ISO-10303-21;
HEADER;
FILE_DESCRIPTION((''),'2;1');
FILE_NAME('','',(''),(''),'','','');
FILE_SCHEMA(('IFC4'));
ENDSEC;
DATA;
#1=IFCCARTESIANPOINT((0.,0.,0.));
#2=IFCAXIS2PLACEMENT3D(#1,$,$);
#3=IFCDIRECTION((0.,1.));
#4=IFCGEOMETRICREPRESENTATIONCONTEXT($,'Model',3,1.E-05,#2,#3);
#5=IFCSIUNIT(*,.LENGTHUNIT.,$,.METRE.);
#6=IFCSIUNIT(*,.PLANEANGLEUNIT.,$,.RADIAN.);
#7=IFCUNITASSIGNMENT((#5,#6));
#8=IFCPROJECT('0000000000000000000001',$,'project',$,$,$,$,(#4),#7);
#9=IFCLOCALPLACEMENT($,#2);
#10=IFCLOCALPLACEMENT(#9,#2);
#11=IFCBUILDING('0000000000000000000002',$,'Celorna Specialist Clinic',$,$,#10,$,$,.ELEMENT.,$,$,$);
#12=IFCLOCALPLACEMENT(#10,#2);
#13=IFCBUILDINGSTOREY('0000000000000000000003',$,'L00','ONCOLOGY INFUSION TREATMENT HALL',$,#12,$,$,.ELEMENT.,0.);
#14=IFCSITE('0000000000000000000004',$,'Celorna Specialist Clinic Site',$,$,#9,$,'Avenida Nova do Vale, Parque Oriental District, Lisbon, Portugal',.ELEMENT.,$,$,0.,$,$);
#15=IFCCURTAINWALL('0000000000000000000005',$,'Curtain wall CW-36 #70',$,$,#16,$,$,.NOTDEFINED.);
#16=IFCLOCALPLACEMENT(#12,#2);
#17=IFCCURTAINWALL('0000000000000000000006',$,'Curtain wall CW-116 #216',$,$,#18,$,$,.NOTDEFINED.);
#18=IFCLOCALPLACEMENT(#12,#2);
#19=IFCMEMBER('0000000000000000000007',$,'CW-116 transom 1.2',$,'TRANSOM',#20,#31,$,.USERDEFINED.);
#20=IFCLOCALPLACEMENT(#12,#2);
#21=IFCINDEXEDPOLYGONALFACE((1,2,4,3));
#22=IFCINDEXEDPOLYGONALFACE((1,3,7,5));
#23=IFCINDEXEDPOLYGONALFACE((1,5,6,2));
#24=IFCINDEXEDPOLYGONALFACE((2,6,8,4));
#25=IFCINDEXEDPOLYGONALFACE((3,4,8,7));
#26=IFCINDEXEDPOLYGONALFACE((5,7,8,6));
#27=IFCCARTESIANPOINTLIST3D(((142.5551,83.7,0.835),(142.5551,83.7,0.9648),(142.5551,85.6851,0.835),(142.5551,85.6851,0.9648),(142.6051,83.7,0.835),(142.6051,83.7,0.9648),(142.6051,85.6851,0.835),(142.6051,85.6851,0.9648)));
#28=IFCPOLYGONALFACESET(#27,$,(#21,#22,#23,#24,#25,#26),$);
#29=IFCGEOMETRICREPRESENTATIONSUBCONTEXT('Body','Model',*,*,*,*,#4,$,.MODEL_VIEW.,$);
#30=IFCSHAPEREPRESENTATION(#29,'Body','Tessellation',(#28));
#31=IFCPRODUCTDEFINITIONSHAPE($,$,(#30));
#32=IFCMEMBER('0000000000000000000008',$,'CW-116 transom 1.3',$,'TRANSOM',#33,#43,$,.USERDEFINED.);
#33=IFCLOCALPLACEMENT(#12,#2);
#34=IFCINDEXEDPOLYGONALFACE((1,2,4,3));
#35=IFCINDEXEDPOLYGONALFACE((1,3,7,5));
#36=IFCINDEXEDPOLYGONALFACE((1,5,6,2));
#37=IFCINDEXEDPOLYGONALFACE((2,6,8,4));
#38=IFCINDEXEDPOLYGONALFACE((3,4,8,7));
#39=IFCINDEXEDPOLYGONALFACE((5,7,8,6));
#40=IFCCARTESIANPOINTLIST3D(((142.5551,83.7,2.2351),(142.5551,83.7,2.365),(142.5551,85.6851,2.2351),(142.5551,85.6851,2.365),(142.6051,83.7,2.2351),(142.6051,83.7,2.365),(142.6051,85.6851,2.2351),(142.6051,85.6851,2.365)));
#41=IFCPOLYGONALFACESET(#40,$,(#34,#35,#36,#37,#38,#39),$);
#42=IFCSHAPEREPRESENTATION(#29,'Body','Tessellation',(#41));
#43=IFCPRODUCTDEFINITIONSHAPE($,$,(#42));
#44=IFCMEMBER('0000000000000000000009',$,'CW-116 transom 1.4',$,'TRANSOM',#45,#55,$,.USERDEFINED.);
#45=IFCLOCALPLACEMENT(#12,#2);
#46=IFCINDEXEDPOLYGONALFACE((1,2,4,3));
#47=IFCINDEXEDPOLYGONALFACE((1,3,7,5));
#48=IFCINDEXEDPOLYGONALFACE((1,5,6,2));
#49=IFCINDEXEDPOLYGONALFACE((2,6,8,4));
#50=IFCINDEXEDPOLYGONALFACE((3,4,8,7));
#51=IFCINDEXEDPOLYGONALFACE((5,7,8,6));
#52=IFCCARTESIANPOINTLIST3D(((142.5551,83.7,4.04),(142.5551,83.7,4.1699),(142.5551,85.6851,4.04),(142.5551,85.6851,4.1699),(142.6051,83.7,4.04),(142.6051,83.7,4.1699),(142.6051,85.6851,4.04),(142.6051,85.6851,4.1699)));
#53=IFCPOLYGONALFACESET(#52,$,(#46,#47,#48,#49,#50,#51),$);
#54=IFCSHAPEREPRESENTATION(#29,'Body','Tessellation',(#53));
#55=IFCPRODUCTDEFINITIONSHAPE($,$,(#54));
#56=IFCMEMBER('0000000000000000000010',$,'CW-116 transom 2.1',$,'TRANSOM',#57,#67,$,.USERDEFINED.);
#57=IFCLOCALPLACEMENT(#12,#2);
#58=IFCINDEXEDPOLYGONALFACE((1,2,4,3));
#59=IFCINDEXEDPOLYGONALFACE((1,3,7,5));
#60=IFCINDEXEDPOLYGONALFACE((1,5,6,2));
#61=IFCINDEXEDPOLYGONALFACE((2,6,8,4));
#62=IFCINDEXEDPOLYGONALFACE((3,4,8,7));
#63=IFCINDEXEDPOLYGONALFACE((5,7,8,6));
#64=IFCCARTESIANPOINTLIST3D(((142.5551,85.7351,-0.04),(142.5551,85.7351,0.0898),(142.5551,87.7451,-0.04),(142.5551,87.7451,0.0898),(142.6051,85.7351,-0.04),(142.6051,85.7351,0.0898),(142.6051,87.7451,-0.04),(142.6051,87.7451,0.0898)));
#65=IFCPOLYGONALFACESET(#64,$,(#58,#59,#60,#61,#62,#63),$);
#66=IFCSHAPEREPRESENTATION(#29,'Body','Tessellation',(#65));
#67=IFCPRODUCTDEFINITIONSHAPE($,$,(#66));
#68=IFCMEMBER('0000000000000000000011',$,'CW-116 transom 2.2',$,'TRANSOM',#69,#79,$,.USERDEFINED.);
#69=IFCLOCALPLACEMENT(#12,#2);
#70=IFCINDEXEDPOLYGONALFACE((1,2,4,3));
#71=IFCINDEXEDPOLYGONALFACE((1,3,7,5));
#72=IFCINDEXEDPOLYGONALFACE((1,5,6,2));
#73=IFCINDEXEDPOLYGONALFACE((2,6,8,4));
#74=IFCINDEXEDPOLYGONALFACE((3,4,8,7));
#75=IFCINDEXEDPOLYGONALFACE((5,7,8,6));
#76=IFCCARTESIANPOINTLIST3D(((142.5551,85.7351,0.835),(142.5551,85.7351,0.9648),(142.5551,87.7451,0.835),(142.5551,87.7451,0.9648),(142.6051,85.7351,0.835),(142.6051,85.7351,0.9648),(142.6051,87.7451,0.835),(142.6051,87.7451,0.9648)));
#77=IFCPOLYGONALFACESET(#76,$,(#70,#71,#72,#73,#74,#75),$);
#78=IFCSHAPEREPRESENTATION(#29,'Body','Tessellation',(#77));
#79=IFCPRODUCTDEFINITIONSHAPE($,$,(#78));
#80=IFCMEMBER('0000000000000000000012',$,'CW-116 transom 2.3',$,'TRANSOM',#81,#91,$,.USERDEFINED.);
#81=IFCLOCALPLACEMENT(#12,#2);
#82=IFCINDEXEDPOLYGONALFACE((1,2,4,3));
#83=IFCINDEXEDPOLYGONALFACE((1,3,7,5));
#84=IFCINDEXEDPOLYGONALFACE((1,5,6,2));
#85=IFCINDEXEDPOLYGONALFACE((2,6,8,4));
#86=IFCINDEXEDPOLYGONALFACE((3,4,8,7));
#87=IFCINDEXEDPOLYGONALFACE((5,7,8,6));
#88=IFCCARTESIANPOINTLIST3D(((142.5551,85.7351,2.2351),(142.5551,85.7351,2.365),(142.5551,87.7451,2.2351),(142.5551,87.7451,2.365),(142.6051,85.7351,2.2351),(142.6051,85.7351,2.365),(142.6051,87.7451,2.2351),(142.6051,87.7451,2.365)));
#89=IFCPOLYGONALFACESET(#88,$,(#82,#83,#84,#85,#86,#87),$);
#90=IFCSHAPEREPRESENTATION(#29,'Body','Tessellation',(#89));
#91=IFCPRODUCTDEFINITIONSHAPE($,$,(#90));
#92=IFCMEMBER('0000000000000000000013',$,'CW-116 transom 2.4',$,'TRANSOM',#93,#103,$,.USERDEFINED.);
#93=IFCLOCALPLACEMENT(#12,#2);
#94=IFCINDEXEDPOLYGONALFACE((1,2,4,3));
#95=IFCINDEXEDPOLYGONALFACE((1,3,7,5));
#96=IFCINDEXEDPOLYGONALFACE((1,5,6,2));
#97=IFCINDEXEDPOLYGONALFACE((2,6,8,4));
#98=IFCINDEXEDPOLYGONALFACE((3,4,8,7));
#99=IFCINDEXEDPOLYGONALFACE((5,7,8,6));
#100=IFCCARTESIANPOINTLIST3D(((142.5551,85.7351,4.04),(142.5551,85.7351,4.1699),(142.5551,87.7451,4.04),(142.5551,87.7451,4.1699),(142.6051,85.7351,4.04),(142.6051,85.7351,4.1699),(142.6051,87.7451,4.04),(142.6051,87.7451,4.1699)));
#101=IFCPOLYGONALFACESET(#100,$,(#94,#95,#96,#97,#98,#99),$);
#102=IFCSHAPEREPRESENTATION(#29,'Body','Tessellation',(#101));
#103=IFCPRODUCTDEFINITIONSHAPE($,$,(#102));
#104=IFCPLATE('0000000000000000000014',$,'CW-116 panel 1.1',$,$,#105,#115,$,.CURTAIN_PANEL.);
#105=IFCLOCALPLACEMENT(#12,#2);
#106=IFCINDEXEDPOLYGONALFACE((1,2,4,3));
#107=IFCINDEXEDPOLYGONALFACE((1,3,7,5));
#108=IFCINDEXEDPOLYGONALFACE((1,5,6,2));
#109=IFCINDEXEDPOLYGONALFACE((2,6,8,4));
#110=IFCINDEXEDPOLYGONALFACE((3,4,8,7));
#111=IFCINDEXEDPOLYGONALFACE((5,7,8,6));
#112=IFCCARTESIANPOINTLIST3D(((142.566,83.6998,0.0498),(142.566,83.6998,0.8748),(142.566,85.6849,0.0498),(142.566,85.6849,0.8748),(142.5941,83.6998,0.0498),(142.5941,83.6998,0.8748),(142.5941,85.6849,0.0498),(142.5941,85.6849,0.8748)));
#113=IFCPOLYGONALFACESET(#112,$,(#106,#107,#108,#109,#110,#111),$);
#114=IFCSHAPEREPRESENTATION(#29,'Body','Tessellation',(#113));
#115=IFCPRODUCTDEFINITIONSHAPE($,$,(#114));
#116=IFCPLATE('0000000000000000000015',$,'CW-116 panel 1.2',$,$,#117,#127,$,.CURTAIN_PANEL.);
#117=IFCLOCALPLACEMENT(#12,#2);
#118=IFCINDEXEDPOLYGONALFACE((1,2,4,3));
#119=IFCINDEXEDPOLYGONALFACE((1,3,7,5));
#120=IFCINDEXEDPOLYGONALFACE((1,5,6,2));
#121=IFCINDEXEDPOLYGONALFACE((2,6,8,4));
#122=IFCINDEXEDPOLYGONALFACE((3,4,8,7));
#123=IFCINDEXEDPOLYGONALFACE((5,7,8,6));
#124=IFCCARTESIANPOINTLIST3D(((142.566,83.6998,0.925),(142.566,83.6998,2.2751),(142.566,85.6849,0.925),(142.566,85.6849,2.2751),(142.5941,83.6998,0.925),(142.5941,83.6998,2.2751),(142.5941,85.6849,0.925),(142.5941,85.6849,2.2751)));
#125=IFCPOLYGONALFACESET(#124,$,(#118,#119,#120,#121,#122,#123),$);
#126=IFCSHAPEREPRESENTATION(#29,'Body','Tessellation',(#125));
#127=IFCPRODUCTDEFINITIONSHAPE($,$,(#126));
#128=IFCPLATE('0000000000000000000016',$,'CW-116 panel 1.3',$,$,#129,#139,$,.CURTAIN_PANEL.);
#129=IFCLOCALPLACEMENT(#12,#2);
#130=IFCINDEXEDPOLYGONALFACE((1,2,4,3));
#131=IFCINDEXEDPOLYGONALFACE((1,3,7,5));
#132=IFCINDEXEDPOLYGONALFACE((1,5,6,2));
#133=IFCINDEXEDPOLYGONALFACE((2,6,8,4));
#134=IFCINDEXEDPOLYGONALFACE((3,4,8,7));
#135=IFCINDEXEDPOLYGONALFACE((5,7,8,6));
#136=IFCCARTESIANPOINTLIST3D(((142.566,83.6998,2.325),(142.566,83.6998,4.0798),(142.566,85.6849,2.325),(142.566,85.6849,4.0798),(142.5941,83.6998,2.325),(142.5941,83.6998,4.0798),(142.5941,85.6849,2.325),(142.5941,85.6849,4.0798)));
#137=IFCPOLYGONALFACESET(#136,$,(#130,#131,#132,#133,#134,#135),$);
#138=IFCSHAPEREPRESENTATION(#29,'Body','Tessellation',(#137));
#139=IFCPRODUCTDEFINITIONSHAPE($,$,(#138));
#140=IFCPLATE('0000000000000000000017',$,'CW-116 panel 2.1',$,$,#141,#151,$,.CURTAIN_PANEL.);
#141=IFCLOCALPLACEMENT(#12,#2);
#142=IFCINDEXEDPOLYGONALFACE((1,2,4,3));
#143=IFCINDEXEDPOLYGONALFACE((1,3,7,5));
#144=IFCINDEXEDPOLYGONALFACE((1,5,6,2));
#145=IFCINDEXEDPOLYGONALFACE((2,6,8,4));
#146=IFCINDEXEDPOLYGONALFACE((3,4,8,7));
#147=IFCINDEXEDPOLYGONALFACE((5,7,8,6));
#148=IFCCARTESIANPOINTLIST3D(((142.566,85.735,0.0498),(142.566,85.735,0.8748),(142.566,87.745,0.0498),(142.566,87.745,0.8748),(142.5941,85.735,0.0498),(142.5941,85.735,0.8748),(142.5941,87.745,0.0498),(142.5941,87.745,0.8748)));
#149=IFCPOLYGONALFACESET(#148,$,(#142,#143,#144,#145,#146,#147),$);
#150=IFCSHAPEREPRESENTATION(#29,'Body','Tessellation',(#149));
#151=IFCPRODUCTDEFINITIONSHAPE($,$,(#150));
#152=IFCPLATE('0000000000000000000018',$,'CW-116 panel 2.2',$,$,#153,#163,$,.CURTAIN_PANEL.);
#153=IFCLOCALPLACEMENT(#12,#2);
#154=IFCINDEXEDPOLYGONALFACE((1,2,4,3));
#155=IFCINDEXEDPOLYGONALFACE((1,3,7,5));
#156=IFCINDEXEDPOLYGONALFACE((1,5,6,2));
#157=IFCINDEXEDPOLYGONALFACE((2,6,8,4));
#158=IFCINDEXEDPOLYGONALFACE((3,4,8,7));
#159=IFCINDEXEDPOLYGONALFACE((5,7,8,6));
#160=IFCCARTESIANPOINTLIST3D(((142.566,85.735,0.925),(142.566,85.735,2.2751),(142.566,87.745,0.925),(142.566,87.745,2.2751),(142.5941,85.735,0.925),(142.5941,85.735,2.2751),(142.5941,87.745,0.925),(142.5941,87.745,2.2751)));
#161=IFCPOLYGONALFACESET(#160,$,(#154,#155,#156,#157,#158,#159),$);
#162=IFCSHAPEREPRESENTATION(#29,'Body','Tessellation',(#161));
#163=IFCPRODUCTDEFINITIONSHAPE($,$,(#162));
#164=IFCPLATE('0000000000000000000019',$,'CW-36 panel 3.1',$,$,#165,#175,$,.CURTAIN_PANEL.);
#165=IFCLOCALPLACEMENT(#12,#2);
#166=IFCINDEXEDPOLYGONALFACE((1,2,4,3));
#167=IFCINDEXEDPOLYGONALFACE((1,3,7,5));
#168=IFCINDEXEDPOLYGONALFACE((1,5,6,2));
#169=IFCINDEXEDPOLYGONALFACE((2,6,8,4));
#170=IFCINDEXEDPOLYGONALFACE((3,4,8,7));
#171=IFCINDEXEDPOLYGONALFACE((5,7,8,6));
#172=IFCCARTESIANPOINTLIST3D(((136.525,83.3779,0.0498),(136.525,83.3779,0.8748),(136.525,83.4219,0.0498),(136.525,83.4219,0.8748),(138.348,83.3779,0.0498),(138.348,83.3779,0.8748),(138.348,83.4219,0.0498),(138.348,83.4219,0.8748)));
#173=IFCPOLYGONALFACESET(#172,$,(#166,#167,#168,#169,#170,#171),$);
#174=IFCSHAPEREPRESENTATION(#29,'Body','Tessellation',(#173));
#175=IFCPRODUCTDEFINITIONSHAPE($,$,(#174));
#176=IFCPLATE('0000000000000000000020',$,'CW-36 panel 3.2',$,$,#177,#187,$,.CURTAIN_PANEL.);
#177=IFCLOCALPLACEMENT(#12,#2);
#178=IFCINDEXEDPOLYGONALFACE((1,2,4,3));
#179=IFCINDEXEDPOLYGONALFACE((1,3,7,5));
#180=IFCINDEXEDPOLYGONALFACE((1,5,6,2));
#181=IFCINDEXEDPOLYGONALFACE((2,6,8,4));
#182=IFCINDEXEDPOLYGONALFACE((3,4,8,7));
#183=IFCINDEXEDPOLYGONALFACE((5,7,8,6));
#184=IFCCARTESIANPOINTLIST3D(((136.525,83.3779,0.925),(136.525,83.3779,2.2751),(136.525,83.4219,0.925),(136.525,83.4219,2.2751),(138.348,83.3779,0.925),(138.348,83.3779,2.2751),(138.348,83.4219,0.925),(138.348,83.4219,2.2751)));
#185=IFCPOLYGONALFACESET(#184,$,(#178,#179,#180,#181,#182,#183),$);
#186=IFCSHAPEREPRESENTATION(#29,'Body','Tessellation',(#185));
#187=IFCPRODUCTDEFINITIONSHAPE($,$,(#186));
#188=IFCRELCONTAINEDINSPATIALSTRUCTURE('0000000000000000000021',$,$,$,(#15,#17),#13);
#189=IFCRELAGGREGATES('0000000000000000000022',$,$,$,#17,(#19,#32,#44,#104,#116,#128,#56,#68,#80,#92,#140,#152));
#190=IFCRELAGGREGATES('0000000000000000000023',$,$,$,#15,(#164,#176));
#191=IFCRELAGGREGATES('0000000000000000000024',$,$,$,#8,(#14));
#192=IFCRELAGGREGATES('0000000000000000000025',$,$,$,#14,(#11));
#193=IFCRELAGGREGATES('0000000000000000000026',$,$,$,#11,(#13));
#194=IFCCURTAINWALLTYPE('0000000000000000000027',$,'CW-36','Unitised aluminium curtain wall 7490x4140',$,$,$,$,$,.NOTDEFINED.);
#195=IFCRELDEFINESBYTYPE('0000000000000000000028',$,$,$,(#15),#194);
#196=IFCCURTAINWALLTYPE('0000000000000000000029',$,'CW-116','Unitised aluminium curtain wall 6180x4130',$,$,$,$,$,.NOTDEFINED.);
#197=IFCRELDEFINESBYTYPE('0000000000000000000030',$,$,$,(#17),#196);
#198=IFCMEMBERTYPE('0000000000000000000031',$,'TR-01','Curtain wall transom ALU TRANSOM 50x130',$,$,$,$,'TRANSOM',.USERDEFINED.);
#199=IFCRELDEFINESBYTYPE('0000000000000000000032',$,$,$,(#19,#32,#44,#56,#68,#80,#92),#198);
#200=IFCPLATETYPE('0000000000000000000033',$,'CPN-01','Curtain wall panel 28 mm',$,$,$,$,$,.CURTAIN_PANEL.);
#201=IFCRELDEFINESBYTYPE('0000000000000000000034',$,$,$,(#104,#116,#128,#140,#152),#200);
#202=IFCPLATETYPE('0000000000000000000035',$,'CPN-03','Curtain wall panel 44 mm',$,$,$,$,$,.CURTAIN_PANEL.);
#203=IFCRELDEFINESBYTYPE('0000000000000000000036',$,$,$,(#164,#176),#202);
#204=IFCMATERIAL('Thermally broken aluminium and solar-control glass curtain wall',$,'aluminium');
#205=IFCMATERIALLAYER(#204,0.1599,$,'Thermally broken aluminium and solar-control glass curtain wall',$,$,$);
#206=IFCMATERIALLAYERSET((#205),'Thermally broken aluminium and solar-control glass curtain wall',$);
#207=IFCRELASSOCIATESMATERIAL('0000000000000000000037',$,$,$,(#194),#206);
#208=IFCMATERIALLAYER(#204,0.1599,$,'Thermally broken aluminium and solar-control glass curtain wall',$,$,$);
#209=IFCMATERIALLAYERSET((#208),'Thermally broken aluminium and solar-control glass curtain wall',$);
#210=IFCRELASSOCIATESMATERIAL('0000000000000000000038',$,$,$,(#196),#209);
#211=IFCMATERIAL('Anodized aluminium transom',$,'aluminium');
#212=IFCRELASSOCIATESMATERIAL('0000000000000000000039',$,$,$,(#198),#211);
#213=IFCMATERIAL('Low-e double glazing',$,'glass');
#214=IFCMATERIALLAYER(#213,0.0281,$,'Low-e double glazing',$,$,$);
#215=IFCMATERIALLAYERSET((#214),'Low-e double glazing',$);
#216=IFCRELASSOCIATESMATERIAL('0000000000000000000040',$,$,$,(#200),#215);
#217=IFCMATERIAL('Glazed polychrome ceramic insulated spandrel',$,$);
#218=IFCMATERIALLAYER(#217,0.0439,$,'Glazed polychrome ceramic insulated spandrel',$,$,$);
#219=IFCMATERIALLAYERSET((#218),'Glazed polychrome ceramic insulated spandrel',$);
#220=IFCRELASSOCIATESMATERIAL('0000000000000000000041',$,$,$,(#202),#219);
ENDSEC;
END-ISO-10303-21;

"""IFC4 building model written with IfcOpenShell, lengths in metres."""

from ifc_helpers import new_model, si_unit, direction, frame, origin, origin_2d, place, context, subcontext, project, spatial, rectangle, extrude, material, layer, layer_set, material_profile, profile_set, type_object, element, aggregate, save


model = new_model("IFC4")

# Units and contexts
model_context = context("Model", 3, precision=1e-05, world=origin(), true_north=direction((0.0, 1.0)))
body_context = subcontext(model_context, "Body", "Model", "MODEL_VIEW")
ifc_project = project(units=[si_unit("LENGTHUNIT", "METRE"), si_unit("PLANEANGLEUNIT", "RADIAN")], contexts=[model_context])

# Site, building, storey
site_placement = place(None, origin())
site = spatial("IfcSite", under=ifc_project, at=site_placement, Name="Celorna Specialist Clinic Site", LongName="Avenida Nova do Vale, Parque Oriental District, Lisbon, Portugal", CompositionType="ELEMENT", RefElevation=0.0)
building_placement = place(site_placement, origin())
building = spatial("IfcBuilding", under=site, at=building_placement, Name="Celorna Specialist Clinic", CompositionType="ELEMENT")
storey_placement = place(building_placement, origin())
storey = spatial("IfcBuildingStorey", under=building, at=storey_placement, Name="L00", Description="ONCOLOGY INFUSION TREATMENT HALL", CompositionType="ELEMENT", Elevation=0.0)

# Curtain walls
ifc_material_1 = material(Name="Thermally broken aluminium and solar-control glass curtain wall", Category="aluminium")
ifc_layer_1 = layer(ifc_material_1, 0.1599, Name="Thermally broken aluminium and solar-control glass curtain wall")
ifc_layer_set_1 = layer_set([ifc_layer_1], Name="Thermally broken aluminium and solar-control glass curtain wall")
curtain_wall_type_1 = type_object("IfcCurtainWallType", Name="CW-36", Description="Unitised aluminium curtain wall 7490x4140", PredefinedType="NOTDEFINED", material=ifc_layer_set_1)
curtain_wall_1_placement = place(storey_placement, origin())
curtain_wall_1 = element("IfcCurtainWall", 1, at=curtain_wall_1_placement, inside=storey, type_object=curtain_wall_type_1, Name="Curtain wall CW-36 #70", PredefinedType="NOTDEFINED")
ifc_layer_2 = layer(ifc_material_1, 0.1599, Name="Thermally broken aluminium and solar-control glass curtain wall")
ifc_layer_set_2 = layer_set([ifc_layer_2], Name="Thermally broken aluminium and solar-control glass curtain wall")
curtain_wall_type_2 = type_object("IfcCurtainWallType", Name="CW-116", Description="Unitised aluminium curtain wall 6180x4130", PredefinedType="NOTDEFINED", material=ifc_layer_set_2)
curtain_wall_2_placement = place(storey_placement, origin())
curtain_wall_2 = element("IfcCurtainWall", 2, at=curtain_wall_2_placement, inside=storey, type_object=curtain_wall_type_2, Name="Curtain wall CW-116 #216", PredefinedType="NOTDEFINED")

# Members
ifc_material_2 = material(Name="Anodized aluminium transom", Category="aluminium")
ifc_material_profile_1 = material_profile(ifc_material_2, rectangle(XDim=0.05, YDim=0.1299, at=origin_2d()), Name="ALU TRANSOM 50x130")
ifc_profile_set_1 = profile_set([ifc_material_profile_1], Name="Anodized aluminium transom")
member_type_1 = type_object("IfcMemberType", Name="TR-01", Description="Curtain wall transom ALU TRANSOM 50x130", ElementType="TRANSOM", PredefinedType="USERDEFINED", material=ifc_profile_set_1)
member_1_placement = place(storey_placement, frame((142.5801, 83.7, 0.8999), z_axis=(0.0, 1.0, 0.0), x_axis=(-1.0, 0.0, 0.0)))
member_1 = element("IfcMember", 3, at=member_1_placement, type_object=member_type_1, Name="CW-116 transom 1.2", ObjectType="TRANSOM", PredefinedType="USERDEFINED", context=body_context, shape_type="SweptSolid", body=[
    extrude(rectangle(XDim=0.05, YDim=0.1299, at=origin_2d()), origin(), (0.0, 0.0, 1.0), 1.9851),
])
member_2_placement = place(storey_placement, frame((142.5801, 83.7, 2.3), z_axis=(0.0, 1.0, 0.0), x_axis=(-1.0, 0.0, 0.0)))
member_2 = element("IfcMember", 4, at=member_2_placement, type_object=member_type_1, Name="CW-116 transom 1.3", ObjectType="TRANSOM", PredefinedType="USERDEFINED", context=body_context, shape_type="SweptSolid", body=[
    extrude(rectangle(XDim=0.05, YDim=0.1299, at=origin_2d()), origin(), (0.0, 0.0, 1.0), 1.9851),
])
member_3_placement = place(storey_placement, frame((142.5801, 83.7, 4.105), z_axis=(0.0, 1.0, 0.0), x_axis=(-1.0, 0.0, 0.0)))
member_3 = element("IfcMember", 5, at=member_3_placement, type_object=member_type_1, Name="CW-116 transom 1.4", ObjectType="TRANSOM", PredefinedType="USERDEFINED", context=body_context, shape_type="SweptSolid", body=[
    extrude(rectangle(XDim=0.05, YDim=0.1299, at=origin_2d()), origin(), (0.0, 0.0, 1.0), 1.9851),
])
member_4_placement = place(storey_placement, frame((142.5801, 85.7351, 0.0249), z_axis=(0.0, 1.0, 0.0), x_axis=(-1.0, 0.0, 0.0)))
member_4 = element("IfcMember", 6, at=member_4_placement, type_object=member_type_1, Name="CW-116 transom 2.1", ObjectType="TRANSOM", PredefinedType="USERDEFINED", context=body_context, shape_type="SweptSolid", body=[
    extrude(rectangle(XDim=0.05, YDim=0.1299, at=origin_2d()), origin(), (0.0, 0.0, 1.0), 2.01),
])
member_5_placement = place(storey_placement, frame((142.5801, 85.7351, 0.8999), z_axis=(0.0, 1.0, 0.0), x_axis=(-1.0, 0.0, 0.0)))
member_5 = element("IfcMember", 7, at=member_5_placement, type_object=member_type_1, Name="CW-116 transom 2.2", ObjectType="TRANSOM", PredefinedType="USERDEFINED", context=body_context, shape_type="SweptSolid", body=[
    extrude(rectangle(XDim=0.05, YDim=0.1299, at=origin_2d()), origin(), (0.0, 0.0, 1.0), 2.01),
])
member_6_placement = place(storey_placement, frame((142.5801, 85.7351, 2.3), z_axis=(0.0, 1.0, 0.0), x_axis=(-1.0, 0.0, 0.0)))
member_6 = element("IfcMember", 8, at=member_6_placement, type_object=member_type_1, Name="CW-116 transom 2.3", ObjectType="TRANSOM", PredefinedType="USERDEFINED", context=body_context, shape_type="SweptSolid", body=[
    extrude(rectangle(XDim=0.05, YDim=0.1299, at=origin_2d()), origin(), (0.0, 0.0, 1.0), 2.01),
])
member_7_placement = place(storey_placement, frame((142.5801, 85.7351, 4.105), z_axis=(0.0, 1.0, 0.0), x_axis=(-1.0, 0.0, 0.0)))
member_7 = element("IfcMember", 9, at=member_7_placement, type_object=member_type_1, Name="CW-116 transom 2.4", ObjectType="TRANSOM", PredefinedType="USERDEFINED", context=body_context, shape_type="SweptSolid", body=[
    extrude(rectangle(XDim=0.05, YDim=0.1299, at=origin_2d()), origin(), (0.0, 0.0, 1.0), 2.01),
])

# Plates
ifc_material_3 = material(Name="Low-e double glazing", Category="glass")
ifc_layer_3 = layer(ifc_material_3, 0.0281, Name="Low-e double glazing")
ifc_layer_set_3 = layer_set([ifc_layer_3], Name="Low-e double glazing")
plate_type_1 = type_object("IfcPlateType", Name="CPN-01", Description="Curtain wall panel 28 mm", PredefinedType="CURTAIN_PANEL", material=ifc_layer_set_3)
plate_1_placement = place(storey_placement, frame((142.5801, 84.6924, 0.0498), z_axis=(0.0, 0.0, 1.0), x_axis=(0.0, 1.0, 0.0)))
plate_1 = element("IfcPlate", 10, at=plate_1_placement, type_object=plate_type_1, Name="CW-116 panel 1.1", PredefinedType="CURTAIN_PANEL", context=body_context, shape_type="SweptSolid", body=[
    extrude(rectangle(XDim=1.9851, YDim=0.0281, at=origin_2d()), origin(), (0.0, 0.0, 1.0), 0.825),
])
plate_2_placement = place(storey_placement, frame((142.5801, 84.6924, 0.925), z_axis=(0.0, 0.0, 1.0), x_axis=(0.0, 1.0, 0.0)))
plate_2 = element("IfcPlate", 11, at=plate_2_placement, type_object=plate_type_1, Name="CW-116 panel 1.2", PredefinedType="CURTAIN_PANEL", context=body_context, shape_type="SweptSolid", body=[
    extrude(rectangle(XDim=1.9851, YDim=0.0281, at=origin_2d()), origin(), (0.0, 0.0, 1.0), 1.3501),
])
plate_3_placement = place(storey_placement, frame((142.5801, 84.6924, 2.325), z_axis=(0.0, 0.0, 1.0), x_axis=(0.0, 1.0, 0.0)))
plate_3 = element("IfcPlate", 12, at=plate_3_placement, type_object=plate_type_1, Name="CW-116 panel 1.3", PredefinedType="CURTAIN_PANEL", context=body_context, shape_type="SweptSolid", body=[
    extrude(rectangle(XDim=1.9851, YDim=0.0281, at=origin_2d()), origin(), (0.0, 0.0, 1.0), 1.7549),
])
plate_4_placement = place(storey_placement, frame((142.5801, 86.74, 0.0498), z_axis=(0.0, 0.0, 1.0), x_axis=(0.0, 1.0, 0.0)))
plate_4 = element("IfcPlate", 13, at=plate_4_placement, type_object=plate_type_1, Name="CW-116 panel 2.1", PredefinedType="CURTAIN_PANEL", context=body_context, shape_type="SweptSolid", body=[
    extrude(rectangle(XDim=2.01, YDim=0.0281, at=origin_2d()), origin(), (0.0, 0.0, 1.0), 0.825),
])
plate_5_placement = place(storey_placement, frame((142.5801, 86.74, 0.925), z_axis=(0.0, 0.0, 1.0), x_axis=(0.0, 1.0, 0.0)))
plate_5 = element("IfcPlate", 14, at=plate_5_placement, type_object=plate_type_1, Name="CW-116 panel 2.2", PredefinedType="CURTAIN_PANEL", context=body_context, shape_type="SweptSolid", body=[
    extrude(rectangle(XDim=2.01, YDim=0.0281, at=origin_2d()), origin(), (0.0, 0.0, 1.0), 1.3501),
])
aggregate(curtain_wall_2, [member_1, member_2, member_3, plate_1, plate_2, plate_3, member_4, member_5, member_6, member_7, plate_4, plate_5])
ifc_material_4 = material(Name="Glazed polychrome ceramic insulated spandrel")
ifc_layer_4 = layer(ifc_material_4, 0.0439, Name="Glazed polychrome ceramic insulated spandrel")
ifc_layer_set_4 = layer_set([ifc_layer_4], Name="Glazed polychrome ceramic insulated spandrel")
plate_type_2 = type_object("IfcPlateType", Name="CPN-03", Description="Curtain wall panel 44 mm", PredefinedType="CURTAIN_PANEL", material=ifc_layer_set_4)
plate_6_placement = place(storey_placement, frame((137.4365, 83.3999, 0.0498), z_axis=(0.0, 0.0, 1.0), x_axis=(1.0, 0.0, 0.0)))
plate_6 = element("IfcPlate", 15, at=plate_6_placement, type_object=plate_type_2, Name="CW-36 panel 3.1", PredefinedType="CURTAIN_PANEL", context=body_context, shape_type="SweptSolid", body=[
    extrude(rectangle(XDim=1.823, YDim=0.0439, at=origin_2d()), origin(), (0.0, 0.0, 1.0), 0.825),
])
plate_7_placement = place(storey_placement, frame((137.4365, 83.3999, 0.925), z_axis=(0.0, 0.0, 1.0), x_axis=(1.0, 0.0, 0.0)))
plate_7 = element("IfcPlate", 16, at=plate_7_placement, type_object=plate_type_2, Name="CW-36 panel 3.2", PredefinedType="CURTAIN_PANEL", context=body_context, shape_type="SweptSolid", body=[
    extrude(rectangle(XDim=1.823, YDim=0.0439, at=origin_2d()), origin(), (0.0, 0.0, 1.0), 1.3501),
])
aggregate(curtain_wall_1, [plate_6, plate_7])

save(model, "model.ifc")
